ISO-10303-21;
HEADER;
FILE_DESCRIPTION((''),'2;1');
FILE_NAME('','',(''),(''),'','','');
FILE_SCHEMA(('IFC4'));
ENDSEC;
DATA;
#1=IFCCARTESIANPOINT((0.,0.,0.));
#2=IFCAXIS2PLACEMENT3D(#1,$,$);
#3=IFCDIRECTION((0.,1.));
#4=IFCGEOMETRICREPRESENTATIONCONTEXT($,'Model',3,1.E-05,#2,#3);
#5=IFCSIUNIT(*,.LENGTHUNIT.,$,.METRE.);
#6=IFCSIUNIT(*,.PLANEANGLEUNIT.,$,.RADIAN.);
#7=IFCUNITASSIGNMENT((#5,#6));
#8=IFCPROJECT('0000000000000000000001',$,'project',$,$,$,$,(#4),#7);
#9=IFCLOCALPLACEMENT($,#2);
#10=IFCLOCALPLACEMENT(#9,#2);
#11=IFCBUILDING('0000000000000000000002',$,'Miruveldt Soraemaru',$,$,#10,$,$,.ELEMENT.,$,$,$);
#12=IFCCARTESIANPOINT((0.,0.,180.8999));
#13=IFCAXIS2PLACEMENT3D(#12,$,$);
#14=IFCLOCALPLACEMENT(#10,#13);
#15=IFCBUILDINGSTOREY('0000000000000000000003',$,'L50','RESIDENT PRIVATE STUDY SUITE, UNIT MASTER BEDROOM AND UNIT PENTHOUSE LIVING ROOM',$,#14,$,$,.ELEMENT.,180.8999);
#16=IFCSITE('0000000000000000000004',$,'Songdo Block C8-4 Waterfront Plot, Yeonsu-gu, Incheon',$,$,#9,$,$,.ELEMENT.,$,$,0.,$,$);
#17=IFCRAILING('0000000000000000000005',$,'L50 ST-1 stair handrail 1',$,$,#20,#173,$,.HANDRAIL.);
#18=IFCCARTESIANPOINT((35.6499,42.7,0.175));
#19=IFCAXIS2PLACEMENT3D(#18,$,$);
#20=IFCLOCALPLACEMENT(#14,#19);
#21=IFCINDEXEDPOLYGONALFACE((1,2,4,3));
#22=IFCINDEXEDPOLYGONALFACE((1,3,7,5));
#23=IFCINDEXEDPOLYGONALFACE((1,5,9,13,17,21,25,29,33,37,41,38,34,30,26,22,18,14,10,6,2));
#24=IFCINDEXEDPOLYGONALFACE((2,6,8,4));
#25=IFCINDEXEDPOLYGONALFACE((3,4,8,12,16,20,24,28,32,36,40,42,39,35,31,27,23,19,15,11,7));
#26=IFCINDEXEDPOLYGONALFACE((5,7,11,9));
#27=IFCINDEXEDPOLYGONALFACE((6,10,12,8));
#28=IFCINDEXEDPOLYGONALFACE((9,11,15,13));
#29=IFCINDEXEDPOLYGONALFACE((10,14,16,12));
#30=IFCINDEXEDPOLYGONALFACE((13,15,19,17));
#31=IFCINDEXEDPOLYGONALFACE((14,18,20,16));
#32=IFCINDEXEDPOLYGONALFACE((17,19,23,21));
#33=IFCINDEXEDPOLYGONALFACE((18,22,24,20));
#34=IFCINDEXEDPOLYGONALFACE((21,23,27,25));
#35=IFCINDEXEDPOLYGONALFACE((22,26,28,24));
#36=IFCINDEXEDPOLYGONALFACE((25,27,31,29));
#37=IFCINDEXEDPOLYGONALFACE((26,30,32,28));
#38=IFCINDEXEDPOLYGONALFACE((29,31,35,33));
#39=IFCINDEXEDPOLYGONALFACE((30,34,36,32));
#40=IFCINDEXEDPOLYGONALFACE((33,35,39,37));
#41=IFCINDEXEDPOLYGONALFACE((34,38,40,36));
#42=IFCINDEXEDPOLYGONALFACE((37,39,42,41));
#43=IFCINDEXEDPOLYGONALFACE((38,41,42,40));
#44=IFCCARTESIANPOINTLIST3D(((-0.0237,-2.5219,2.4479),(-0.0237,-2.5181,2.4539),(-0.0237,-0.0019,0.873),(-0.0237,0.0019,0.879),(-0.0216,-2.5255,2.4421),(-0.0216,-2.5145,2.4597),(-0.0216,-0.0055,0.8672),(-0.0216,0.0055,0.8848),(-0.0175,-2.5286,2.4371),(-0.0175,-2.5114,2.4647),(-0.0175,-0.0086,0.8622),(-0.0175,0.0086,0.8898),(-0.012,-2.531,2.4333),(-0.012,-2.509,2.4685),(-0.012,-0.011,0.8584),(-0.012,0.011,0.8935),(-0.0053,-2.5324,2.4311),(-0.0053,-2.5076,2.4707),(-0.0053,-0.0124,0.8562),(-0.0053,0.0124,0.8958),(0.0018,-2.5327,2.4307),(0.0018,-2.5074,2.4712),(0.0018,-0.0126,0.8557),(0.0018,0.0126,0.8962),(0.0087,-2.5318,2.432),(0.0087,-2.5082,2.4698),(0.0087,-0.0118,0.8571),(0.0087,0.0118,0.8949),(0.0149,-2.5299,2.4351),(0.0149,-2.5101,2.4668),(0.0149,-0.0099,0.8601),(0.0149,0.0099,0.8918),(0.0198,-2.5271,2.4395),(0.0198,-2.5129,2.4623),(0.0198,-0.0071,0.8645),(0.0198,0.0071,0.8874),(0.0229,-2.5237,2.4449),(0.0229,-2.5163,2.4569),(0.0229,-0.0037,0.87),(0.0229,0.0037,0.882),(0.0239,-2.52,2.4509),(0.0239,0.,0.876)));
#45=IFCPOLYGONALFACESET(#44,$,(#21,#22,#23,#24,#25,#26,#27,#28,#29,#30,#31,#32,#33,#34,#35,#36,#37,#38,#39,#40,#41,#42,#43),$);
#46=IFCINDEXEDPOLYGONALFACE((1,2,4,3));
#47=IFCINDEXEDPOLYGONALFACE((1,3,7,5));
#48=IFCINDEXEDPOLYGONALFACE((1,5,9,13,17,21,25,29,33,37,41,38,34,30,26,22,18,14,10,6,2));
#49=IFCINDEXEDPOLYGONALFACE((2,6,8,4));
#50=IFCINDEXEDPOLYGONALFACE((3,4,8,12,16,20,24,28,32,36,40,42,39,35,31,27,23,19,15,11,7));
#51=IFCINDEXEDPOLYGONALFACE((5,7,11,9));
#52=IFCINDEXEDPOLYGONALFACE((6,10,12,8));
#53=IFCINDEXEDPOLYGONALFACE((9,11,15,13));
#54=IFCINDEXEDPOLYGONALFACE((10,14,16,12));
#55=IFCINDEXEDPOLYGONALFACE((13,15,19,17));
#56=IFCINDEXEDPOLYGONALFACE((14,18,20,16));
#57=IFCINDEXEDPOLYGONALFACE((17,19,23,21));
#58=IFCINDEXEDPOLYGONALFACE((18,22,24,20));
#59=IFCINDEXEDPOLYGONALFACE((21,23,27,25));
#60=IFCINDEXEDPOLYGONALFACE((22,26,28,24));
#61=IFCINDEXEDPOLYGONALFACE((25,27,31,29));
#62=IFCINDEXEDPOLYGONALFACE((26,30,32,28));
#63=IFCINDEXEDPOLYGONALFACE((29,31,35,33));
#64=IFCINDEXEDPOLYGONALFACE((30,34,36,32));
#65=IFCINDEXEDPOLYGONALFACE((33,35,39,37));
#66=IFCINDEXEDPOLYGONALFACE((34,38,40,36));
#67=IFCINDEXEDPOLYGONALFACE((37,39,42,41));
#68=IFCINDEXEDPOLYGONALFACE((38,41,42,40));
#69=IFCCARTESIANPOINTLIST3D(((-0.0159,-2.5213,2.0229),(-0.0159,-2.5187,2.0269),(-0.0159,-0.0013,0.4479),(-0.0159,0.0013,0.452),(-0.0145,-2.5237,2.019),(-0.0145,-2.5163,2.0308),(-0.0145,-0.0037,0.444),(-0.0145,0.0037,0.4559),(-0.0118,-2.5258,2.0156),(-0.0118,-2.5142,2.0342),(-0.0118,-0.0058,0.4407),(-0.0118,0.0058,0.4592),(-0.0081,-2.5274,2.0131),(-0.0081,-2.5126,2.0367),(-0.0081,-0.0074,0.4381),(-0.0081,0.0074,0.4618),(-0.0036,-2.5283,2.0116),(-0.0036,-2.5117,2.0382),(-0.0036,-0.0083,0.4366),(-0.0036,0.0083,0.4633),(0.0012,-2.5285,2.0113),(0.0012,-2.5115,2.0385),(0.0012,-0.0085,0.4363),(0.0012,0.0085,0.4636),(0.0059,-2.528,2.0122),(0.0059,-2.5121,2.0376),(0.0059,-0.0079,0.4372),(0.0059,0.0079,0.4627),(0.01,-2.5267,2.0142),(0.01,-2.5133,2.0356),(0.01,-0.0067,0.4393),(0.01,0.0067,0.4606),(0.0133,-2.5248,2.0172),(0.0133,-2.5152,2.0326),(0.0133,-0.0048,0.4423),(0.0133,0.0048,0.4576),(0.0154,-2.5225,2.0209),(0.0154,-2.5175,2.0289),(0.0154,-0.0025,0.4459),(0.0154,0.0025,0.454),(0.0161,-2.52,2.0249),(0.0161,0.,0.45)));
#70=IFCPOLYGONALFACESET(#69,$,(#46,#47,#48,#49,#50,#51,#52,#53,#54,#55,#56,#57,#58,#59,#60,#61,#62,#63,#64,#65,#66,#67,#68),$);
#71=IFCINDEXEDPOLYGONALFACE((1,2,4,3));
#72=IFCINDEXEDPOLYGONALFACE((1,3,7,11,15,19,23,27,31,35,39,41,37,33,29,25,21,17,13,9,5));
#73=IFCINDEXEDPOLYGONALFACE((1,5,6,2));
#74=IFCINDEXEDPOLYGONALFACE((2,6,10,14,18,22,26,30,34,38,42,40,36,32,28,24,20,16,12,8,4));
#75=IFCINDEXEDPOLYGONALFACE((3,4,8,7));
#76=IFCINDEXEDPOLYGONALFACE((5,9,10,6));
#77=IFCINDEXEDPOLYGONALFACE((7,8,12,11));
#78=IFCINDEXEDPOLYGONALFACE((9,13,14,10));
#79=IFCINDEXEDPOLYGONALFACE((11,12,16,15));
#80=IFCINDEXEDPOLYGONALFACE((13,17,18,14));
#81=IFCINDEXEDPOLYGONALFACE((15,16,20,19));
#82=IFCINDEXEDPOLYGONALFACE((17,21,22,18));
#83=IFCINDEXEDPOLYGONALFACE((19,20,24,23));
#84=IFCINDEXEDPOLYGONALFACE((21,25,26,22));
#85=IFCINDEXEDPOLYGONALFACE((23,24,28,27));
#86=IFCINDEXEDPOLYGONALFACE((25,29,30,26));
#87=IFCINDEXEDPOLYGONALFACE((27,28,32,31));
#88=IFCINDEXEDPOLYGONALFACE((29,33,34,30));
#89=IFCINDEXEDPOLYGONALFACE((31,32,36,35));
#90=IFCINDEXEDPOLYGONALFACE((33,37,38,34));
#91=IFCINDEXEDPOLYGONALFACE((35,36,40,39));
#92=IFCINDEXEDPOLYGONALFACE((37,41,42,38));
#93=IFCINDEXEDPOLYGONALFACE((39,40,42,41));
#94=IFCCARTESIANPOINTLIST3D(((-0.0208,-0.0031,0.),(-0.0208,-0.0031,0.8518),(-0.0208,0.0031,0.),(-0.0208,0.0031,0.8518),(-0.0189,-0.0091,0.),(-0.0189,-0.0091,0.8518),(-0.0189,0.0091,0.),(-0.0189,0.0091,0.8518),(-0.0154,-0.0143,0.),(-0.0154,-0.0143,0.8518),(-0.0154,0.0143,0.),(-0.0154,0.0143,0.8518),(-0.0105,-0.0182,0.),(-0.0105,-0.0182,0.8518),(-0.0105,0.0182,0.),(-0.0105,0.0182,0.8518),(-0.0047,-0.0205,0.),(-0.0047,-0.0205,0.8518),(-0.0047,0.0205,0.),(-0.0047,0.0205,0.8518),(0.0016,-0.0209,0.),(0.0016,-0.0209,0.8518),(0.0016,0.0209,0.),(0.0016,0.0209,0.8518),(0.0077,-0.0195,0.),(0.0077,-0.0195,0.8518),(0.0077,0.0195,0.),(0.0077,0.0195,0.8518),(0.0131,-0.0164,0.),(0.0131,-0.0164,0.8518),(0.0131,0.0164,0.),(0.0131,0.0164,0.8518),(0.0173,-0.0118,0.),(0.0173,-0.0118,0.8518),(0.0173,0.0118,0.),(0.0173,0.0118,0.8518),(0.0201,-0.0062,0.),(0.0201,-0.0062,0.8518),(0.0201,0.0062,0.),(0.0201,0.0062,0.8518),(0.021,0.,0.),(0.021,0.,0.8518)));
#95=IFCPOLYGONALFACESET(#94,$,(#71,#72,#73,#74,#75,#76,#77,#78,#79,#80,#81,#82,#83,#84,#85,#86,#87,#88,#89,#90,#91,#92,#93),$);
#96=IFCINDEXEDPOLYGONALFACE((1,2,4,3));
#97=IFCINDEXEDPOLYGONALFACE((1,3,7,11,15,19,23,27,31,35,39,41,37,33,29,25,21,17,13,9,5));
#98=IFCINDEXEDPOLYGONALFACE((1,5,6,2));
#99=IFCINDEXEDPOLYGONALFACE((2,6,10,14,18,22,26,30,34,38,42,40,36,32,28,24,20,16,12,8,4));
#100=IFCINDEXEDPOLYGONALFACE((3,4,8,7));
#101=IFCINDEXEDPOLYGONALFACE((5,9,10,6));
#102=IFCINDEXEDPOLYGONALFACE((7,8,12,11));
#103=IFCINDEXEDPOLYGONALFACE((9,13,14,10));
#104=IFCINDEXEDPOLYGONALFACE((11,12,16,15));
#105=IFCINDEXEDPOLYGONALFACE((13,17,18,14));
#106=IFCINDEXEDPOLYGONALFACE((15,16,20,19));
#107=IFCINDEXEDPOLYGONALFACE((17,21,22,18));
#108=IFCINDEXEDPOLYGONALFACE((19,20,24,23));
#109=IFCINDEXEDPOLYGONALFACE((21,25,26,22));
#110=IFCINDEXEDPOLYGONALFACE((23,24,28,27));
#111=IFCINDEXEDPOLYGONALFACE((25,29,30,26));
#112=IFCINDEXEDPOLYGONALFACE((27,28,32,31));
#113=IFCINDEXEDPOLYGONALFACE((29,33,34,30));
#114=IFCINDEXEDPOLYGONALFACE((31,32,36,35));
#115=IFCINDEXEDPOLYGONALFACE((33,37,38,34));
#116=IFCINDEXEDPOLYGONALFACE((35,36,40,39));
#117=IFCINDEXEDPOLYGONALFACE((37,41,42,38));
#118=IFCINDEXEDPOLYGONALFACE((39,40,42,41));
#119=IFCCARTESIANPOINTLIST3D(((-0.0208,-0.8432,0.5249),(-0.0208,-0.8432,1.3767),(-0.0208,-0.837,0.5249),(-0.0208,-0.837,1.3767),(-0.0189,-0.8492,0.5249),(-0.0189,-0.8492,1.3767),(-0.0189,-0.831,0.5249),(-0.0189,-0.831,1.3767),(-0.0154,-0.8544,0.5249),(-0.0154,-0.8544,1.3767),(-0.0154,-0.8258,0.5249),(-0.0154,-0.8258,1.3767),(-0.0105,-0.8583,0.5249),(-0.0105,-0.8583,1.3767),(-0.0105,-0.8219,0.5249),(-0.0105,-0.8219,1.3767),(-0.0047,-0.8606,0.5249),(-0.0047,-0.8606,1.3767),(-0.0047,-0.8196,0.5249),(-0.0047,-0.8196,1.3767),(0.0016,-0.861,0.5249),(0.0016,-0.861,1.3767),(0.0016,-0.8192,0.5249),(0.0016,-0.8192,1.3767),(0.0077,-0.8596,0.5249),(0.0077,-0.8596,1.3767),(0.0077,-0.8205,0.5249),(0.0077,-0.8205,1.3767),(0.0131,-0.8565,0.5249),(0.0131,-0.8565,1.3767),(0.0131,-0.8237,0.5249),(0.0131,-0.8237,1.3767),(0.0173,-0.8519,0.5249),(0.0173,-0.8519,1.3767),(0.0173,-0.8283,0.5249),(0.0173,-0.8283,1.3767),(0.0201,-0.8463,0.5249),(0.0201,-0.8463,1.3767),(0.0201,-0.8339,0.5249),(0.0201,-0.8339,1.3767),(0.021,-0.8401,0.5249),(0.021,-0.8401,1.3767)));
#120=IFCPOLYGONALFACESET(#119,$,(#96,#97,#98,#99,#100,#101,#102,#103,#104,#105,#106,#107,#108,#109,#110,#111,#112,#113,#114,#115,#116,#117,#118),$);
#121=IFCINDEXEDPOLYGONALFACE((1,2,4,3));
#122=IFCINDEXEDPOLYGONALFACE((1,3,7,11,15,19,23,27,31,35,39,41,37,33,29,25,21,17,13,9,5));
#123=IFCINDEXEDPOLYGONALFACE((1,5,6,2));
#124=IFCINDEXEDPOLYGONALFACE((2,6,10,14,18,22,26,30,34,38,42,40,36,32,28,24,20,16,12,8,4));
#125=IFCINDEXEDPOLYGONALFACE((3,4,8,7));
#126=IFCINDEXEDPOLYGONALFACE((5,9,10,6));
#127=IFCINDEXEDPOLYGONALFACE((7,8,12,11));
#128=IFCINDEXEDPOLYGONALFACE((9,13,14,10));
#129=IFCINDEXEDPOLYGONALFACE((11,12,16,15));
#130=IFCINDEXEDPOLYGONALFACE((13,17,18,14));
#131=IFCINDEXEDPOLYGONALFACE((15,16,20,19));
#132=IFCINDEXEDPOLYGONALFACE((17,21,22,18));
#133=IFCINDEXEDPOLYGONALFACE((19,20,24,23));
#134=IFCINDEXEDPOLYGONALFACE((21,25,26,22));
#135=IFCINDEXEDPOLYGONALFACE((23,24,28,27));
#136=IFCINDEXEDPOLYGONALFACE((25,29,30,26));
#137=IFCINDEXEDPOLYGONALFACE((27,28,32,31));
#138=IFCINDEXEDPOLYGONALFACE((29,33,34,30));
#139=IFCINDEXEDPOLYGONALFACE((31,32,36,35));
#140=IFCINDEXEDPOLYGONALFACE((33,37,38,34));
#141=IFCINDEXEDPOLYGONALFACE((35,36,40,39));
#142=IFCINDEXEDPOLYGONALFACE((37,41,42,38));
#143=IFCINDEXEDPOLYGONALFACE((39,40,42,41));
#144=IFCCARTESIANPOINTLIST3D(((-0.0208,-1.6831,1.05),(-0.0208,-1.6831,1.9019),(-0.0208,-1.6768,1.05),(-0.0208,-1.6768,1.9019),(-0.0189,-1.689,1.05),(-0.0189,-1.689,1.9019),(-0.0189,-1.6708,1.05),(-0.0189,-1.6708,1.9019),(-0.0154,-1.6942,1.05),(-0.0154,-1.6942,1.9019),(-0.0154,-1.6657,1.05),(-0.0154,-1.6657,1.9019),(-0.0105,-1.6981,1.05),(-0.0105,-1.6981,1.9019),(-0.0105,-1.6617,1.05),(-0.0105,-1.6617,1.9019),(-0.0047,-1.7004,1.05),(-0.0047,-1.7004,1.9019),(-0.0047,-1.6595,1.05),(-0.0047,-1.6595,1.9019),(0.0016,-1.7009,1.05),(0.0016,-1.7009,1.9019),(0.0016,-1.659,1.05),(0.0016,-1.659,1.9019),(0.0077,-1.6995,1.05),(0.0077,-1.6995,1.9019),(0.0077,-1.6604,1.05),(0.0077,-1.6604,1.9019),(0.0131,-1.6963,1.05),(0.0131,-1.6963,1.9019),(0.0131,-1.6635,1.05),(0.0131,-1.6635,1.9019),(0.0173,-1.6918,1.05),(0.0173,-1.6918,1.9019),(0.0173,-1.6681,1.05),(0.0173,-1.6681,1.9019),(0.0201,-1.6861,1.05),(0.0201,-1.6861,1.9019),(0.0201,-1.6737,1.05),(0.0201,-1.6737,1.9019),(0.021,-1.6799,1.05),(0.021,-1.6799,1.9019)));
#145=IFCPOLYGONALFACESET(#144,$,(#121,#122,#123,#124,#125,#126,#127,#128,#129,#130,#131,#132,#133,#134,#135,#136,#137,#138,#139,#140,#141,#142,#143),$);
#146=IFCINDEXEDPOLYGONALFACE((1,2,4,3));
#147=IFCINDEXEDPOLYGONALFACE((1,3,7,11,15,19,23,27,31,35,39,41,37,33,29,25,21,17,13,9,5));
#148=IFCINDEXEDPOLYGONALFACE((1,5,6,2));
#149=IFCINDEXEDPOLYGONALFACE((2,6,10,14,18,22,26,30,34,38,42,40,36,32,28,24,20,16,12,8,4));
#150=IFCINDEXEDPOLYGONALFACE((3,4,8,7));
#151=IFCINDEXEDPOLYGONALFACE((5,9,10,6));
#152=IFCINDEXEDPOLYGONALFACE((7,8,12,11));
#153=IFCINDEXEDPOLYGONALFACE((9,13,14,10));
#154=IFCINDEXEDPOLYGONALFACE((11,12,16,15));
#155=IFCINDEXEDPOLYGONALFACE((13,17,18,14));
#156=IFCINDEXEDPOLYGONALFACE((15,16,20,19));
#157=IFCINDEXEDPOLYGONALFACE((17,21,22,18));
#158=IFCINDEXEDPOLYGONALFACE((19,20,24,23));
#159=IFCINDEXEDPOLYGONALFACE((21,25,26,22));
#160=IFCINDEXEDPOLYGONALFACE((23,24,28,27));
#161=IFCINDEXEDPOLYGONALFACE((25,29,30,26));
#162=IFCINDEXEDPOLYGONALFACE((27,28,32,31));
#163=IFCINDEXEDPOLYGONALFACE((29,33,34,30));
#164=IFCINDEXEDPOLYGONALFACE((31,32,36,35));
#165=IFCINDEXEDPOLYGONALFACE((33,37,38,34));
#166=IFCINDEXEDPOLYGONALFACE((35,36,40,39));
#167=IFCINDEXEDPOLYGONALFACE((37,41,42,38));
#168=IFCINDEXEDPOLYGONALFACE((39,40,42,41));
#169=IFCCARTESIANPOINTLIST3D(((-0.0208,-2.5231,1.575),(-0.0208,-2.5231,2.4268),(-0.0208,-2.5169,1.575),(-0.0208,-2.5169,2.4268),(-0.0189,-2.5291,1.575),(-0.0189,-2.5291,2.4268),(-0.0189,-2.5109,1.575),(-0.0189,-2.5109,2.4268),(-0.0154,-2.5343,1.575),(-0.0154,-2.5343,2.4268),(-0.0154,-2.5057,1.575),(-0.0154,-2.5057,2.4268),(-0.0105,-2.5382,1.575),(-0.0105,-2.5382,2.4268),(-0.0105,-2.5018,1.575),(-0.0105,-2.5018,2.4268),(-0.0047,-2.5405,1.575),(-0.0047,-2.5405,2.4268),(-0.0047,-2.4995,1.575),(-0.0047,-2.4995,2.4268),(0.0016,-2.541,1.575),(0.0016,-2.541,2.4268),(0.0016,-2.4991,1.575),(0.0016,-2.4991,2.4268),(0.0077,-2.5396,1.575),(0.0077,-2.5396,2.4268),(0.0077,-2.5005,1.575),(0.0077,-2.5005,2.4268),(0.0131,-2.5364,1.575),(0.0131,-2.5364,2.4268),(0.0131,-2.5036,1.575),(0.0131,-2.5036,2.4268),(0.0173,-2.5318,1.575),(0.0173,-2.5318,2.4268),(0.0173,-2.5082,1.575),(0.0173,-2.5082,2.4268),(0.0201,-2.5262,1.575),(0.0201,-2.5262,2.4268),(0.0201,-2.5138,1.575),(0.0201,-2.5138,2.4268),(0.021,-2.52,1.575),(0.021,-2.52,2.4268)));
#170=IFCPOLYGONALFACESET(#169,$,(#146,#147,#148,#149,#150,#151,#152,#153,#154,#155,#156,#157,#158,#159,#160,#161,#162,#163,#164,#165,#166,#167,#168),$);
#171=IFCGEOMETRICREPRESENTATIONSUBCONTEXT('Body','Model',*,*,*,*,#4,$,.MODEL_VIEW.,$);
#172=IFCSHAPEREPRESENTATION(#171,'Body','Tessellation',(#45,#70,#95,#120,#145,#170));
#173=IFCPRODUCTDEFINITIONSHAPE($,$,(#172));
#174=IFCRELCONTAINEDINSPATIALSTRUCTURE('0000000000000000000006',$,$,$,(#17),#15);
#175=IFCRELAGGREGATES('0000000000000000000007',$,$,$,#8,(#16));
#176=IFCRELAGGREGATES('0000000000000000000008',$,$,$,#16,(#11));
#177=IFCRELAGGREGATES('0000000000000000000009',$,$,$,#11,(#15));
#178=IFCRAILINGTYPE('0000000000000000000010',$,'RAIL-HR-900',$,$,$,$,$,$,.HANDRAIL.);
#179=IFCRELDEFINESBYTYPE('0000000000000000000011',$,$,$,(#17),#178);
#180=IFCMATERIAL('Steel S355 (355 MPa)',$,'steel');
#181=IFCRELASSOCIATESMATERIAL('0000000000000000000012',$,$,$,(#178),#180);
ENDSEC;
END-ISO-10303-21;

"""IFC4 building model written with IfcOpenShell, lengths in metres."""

from ifc_helpers import new_model, si_unit, direction, frame, origin, origin_2d, place, context, subcontext, project, spatial, circle, extrude, material, type_object, element, save


model = new_model("IFC4")

# Units and contexts
model_context = context("Model", 3, precision=1e-05, world=origin(), true_north=direction((0.0, 1.0)))
body_context = subcontext(model_context, "Body", "Model", "MODEL_VIEW")
ifc_project = project(units=[si_unit("LENGTHUNIT", "METRE"), si_unit("PLANEANGLEUNIT", "RADIAN")], contexts=[model_context])

# Site, building, storey
site_placement = place(None, origin())
site = spatial("IfcSite", under=ifc_project, at=site_placement, Name="Songdo Block C8-4 Waterfront Plot, Yeonsu-gu, Incheon", CompositionType="ELEMENT", RefElevation=0.0)
building_placement = place(site_placement, origin())
building = spatial("IfcBuilding", under=site, at=building_placement, Name="Miruveldt Soraemaru", CompositionType="ELEMENT")
storey_placement = place(building_placement, frame((0.0, 0.0, 180.8999)))
storey = spatial("IfcBuildingStorey", under=building, at=storey_placement, Name="L50", Description="RESIDENT PRIVATE STUDY SUITE, UNIT MASTER BEDROOM AND UNIT PENTHOUSE LIVING ROOM", CompositionType="ELEMENT", Elevation=180.8999)

# Railing
ifc_material_1 = material(Name="Steel S355 (355 MPa)", Category="steel")
railing_type_1 = type_object("IfcRailingType", Name="RAIL-HR-900", PredefinedType="HANDRAIL", material=ifc_material_1)
railing_1_placement = place(storey_placement, frame((35.6499, 42.7, 0.175)))
element("IfcRailing", 1, at=railing_1_placement, inside=storey, type_object=railing_type_1, Name="L50 ST-1 stair handrail 1", PredefinedType="HANDRAIL", context=body_context, shape_type="SweptSolid", body=[
    extrude(circle(Radius=0.0239, at=origin_2d()), frame((0.0, 0.0, 0.876), z_axis=(0.0, -0.848008, 0.529984), x_axis=(1.0, 0.0, 0.0)), (0.0, 0.0, 1.0), 2.9717),
    extrude(circle(Radius=0.0161, at=origin_2d()), frame((0.0, 0.0, 0.45), z_axis=(0.0, -0.848008, 0.529984), x_axis=(1.0, 0.0, 0.0)), (0.0, 0.0, 1.0), 2.9717),
    extrude(circle(Radius=0.021, at=origin_2d()), origin(), (0.0, 0.0, 1.0), 0.8518),
    extrude(circle(Radius=0.021, at=origin_2d()), frame((0.0, -0.8401, 0.5249)), (0.0, 0.0, 1.0), 0.8518),
    extrude(circle(Radius=0.021, at=origin_2d()), frame((0.0, -1.6799, 1.05)), (0.0, 0.0, 1.0), 0.8518),
    extrude(circle(Radius=0.021, at=origin_2d()), frame((0.0, -2.52, 1.575)), (0.0, 0.0, 1.0), 0.8518),
])

save(model, "model.ifc")
